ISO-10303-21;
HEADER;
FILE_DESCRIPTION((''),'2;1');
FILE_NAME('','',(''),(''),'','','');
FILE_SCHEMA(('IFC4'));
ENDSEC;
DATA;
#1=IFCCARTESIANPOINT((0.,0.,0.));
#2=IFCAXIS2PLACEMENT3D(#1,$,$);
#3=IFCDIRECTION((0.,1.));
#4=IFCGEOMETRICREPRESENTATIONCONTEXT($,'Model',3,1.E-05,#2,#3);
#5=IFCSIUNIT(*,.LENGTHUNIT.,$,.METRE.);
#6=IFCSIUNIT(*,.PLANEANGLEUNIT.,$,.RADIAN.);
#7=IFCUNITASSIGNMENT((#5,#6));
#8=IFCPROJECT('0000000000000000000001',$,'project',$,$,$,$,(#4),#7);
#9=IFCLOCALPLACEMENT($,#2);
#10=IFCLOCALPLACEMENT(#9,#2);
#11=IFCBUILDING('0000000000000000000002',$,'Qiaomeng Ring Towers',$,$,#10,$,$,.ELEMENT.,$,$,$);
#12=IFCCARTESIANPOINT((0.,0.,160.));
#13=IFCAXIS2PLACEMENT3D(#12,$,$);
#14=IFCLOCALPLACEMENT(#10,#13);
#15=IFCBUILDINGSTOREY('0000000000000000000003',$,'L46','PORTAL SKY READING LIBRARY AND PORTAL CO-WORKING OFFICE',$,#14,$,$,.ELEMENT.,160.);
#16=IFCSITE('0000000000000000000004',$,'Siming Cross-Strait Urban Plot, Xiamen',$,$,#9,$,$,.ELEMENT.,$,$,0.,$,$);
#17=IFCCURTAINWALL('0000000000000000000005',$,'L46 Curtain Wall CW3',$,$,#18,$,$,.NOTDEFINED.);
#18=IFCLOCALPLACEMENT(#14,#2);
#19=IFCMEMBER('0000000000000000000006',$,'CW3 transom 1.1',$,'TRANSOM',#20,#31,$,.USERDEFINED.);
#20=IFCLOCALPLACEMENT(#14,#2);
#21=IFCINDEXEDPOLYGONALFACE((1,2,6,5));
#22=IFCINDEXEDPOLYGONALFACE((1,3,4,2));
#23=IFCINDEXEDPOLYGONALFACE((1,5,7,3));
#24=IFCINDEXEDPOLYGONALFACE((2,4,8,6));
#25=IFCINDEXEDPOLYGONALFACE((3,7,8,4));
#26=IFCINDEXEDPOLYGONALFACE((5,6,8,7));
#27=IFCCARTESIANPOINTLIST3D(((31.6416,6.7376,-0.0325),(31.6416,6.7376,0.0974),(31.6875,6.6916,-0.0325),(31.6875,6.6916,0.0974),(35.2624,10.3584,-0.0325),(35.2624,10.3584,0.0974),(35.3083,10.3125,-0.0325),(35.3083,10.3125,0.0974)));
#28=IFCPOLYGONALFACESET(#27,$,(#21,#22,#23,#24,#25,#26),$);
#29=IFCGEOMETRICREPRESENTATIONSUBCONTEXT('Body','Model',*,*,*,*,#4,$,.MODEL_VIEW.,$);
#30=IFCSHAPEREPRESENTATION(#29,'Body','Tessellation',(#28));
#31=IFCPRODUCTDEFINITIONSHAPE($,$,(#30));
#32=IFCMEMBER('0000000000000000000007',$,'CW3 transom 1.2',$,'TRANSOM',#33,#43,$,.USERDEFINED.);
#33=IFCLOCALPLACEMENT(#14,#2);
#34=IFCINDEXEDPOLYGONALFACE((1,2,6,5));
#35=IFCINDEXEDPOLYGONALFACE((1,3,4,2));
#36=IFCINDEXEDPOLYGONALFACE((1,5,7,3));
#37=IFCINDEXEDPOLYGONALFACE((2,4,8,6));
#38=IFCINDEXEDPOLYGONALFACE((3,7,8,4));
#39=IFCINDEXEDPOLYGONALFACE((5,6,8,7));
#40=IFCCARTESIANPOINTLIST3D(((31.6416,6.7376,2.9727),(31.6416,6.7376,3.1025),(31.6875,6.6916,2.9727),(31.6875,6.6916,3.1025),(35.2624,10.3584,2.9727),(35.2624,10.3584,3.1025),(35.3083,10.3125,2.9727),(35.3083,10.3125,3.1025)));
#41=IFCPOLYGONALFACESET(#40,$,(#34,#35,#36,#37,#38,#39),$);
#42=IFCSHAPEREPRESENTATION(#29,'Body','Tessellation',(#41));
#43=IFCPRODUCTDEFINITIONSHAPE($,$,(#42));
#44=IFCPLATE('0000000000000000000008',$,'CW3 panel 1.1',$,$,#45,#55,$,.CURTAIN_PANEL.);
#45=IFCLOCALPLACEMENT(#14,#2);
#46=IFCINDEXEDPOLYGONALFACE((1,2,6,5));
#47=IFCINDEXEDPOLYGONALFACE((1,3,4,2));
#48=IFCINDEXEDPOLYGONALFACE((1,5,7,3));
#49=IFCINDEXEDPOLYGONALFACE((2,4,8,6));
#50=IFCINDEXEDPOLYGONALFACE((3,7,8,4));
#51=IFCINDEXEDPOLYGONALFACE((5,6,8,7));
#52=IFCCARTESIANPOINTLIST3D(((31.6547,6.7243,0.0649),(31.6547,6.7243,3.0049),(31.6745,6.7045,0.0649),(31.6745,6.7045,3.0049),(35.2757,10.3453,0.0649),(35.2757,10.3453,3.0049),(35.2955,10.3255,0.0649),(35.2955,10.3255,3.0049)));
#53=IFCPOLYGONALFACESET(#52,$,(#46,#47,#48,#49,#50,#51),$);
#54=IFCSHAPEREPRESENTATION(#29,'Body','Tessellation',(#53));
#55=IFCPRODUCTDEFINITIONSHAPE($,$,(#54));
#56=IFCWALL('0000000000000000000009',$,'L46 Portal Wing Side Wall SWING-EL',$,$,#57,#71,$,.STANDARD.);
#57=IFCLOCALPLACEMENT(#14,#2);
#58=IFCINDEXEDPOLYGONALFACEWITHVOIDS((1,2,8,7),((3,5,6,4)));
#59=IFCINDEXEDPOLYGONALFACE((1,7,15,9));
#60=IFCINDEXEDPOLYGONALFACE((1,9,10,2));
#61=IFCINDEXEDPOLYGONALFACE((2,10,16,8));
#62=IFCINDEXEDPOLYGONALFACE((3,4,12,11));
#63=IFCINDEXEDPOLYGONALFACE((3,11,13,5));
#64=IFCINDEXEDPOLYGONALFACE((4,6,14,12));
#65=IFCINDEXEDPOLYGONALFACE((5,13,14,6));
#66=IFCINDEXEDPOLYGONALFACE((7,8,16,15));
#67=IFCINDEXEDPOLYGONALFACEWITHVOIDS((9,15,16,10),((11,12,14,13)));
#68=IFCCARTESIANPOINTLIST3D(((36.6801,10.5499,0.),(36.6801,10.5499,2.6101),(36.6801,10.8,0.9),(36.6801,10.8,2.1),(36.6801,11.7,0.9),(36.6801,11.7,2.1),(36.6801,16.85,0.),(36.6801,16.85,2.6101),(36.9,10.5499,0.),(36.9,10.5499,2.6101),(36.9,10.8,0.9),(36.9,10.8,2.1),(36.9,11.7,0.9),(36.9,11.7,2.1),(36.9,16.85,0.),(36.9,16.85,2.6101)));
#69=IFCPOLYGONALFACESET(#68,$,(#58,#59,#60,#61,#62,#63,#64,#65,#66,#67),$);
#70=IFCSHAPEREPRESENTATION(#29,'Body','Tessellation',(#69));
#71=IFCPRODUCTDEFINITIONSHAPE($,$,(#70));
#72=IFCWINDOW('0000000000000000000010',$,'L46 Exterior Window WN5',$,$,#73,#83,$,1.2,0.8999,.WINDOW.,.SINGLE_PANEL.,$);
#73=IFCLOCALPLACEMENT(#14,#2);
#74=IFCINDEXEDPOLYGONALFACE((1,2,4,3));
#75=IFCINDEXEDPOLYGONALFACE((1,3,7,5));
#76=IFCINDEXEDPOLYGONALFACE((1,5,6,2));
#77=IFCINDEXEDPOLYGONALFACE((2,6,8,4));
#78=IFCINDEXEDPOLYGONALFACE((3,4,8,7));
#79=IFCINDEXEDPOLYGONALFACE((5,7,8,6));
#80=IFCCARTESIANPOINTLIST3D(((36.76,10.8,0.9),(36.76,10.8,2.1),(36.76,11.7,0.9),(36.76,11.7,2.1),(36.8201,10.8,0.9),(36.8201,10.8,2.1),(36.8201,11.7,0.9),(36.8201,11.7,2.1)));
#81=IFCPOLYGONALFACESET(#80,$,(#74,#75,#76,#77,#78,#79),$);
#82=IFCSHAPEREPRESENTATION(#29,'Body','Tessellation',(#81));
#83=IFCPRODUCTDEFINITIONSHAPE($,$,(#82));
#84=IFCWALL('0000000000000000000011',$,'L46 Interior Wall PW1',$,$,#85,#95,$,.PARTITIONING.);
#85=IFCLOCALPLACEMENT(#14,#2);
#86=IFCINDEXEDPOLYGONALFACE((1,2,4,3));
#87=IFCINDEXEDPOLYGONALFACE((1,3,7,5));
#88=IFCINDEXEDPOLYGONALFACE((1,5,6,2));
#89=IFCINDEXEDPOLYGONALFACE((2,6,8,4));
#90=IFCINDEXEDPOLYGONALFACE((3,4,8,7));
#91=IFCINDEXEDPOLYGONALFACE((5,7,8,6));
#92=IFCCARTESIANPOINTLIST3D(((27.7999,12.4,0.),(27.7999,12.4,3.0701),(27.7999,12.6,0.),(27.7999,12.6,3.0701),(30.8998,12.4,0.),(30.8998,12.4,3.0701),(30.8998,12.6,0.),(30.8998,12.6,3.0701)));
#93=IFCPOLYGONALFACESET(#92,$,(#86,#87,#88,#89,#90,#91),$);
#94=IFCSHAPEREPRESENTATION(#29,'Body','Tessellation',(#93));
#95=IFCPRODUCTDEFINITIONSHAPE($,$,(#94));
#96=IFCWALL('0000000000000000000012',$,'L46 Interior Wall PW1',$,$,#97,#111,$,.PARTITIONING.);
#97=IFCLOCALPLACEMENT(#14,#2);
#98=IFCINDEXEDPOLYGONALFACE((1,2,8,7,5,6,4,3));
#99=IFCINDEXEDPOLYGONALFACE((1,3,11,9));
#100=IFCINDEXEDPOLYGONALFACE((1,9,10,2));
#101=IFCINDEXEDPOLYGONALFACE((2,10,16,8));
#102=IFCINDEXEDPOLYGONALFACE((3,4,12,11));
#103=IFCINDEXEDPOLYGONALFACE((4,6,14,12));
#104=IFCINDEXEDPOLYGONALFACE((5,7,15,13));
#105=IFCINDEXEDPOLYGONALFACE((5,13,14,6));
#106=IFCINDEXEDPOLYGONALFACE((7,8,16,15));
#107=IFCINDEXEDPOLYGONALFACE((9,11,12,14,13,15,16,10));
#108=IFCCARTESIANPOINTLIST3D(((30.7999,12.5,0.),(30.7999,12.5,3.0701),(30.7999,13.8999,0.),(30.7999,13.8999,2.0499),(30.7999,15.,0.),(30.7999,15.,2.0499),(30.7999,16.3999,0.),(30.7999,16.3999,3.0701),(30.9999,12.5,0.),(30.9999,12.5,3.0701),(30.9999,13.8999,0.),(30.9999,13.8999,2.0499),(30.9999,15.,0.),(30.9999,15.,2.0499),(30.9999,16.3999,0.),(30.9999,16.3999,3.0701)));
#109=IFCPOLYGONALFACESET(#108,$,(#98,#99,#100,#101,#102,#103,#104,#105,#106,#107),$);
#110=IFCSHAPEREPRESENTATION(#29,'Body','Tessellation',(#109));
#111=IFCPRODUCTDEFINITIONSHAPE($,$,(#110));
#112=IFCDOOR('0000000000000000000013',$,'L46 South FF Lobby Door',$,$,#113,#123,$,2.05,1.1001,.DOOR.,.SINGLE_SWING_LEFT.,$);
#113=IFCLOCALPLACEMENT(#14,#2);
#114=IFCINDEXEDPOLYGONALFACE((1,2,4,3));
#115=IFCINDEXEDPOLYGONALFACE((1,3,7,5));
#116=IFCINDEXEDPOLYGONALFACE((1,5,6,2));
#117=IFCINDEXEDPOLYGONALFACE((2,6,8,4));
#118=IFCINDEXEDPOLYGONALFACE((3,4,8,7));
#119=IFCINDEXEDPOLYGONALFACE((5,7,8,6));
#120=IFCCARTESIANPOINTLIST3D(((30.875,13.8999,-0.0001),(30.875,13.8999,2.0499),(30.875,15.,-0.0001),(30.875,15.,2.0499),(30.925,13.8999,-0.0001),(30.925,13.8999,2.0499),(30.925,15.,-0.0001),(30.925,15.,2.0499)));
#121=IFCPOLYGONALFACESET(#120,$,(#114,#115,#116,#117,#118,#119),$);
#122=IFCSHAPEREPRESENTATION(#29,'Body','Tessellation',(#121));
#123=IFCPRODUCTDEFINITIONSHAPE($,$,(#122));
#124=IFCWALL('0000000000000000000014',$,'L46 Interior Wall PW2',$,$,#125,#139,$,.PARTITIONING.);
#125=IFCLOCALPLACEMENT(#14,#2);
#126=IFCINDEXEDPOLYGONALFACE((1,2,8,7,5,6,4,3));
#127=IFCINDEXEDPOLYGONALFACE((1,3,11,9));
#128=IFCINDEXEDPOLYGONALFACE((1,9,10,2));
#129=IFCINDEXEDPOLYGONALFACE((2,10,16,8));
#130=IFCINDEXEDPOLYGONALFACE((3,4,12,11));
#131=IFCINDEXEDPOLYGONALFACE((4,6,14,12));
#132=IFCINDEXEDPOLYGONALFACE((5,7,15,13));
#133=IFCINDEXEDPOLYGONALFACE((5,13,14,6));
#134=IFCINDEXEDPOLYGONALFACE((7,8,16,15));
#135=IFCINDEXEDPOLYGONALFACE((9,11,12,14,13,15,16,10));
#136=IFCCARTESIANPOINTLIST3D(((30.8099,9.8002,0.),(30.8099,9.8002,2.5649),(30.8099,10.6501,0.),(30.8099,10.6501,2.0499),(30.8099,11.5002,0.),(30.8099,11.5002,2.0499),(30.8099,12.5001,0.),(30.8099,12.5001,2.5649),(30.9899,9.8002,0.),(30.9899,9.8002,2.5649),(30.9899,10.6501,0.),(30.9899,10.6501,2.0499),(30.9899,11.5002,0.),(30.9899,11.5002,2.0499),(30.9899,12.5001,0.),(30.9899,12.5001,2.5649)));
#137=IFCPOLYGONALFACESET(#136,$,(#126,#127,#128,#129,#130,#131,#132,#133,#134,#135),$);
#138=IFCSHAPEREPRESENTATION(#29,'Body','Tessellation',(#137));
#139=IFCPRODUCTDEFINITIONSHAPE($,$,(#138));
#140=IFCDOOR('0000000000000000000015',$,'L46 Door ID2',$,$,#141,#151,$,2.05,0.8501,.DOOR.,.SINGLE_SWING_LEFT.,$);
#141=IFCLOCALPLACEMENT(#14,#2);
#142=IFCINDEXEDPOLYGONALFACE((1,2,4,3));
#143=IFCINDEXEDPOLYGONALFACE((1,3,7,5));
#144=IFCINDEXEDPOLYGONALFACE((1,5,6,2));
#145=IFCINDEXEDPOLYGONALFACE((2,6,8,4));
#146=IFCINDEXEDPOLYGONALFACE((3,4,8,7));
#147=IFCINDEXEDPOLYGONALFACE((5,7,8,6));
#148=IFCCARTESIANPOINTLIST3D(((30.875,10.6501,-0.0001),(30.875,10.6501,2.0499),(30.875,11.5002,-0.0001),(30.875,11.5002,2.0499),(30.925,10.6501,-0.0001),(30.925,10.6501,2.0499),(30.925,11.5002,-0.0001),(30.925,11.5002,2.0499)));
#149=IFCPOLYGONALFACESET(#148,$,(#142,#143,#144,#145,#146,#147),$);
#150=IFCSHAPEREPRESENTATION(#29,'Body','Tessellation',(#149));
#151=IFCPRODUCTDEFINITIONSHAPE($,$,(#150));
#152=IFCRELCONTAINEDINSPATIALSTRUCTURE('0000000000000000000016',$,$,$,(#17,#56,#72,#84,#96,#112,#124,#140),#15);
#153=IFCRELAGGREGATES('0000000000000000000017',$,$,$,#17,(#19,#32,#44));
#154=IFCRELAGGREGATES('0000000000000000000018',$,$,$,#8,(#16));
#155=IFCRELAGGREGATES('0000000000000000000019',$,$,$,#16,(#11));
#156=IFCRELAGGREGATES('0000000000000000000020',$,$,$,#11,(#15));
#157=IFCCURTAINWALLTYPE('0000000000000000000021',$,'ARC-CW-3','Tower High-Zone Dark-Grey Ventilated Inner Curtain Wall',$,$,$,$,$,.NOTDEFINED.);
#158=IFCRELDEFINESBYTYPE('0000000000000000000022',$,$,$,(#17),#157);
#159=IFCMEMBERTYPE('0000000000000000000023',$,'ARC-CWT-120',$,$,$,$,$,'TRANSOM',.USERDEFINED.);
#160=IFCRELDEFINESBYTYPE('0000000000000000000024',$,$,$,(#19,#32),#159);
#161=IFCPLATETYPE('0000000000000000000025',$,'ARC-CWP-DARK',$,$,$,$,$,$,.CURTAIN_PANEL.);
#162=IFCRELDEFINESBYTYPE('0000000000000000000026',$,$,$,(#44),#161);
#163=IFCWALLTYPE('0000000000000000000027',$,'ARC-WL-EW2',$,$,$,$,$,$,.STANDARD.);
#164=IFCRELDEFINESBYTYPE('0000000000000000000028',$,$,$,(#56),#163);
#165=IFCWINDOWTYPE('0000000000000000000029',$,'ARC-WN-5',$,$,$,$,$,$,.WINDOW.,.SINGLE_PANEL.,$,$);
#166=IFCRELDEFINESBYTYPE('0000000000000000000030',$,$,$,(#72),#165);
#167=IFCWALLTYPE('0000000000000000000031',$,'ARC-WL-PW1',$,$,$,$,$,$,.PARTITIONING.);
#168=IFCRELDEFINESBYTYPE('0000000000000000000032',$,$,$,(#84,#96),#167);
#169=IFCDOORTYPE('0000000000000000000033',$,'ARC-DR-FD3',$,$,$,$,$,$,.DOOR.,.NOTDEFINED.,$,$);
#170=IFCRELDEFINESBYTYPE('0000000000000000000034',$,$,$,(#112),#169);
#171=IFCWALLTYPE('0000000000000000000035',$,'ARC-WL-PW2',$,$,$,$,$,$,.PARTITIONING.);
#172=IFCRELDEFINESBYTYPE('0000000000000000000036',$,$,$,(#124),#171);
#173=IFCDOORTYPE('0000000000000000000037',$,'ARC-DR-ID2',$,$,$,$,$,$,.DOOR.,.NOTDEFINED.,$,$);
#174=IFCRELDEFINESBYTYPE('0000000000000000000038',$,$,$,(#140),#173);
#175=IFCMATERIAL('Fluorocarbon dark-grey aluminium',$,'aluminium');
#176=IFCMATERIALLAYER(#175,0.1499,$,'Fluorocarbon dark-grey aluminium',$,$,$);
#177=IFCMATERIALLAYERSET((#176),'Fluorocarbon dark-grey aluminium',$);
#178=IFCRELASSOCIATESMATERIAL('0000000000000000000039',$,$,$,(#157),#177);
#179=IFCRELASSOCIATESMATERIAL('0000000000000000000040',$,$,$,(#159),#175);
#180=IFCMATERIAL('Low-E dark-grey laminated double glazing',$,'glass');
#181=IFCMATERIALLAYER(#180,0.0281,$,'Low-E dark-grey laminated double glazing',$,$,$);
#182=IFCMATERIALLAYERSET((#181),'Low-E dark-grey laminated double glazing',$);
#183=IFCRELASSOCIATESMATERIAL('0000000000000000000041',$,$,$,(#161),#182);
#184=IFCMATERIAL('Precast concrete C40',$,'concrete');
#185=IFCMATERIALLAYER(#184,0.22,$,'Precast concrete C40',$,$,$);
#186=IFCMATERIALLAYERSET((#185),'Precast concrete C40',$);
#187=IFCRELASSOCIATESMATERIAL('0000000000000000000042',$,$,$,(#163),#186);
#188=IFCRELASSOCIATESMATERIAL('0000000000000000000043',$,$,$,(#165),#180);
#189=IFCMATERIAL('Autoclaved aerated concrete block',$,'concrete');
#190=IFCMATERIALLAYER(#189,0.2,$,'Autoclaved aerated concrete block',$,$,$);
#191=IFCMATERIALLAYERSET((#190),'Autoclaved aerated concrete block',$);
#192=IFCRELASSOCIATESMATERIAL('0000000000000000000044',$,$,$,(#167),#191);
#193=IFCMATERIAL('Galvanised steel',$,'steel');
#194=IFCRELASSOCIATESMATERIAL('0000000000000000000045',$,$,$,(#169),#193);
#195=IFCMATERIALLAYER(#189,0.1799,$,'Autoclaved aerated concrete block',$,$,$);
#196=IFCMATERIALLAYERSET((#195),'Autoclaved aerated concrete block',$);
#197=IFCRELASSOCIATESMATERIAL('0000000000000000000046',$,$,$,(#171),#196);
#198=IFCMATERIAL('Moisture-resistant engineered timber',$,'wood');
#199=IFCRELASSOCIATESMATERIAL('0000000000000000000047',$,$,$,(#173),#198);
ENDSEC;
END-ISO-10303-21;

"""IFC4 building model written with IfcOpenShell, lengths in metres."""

from ifc_helpers import new_model, si_unit, direction, frame, frame_2d, origin, origin_2d, place, context, subcontext, project, spatial, rectangle, extrude, source, transform, mapped, material, layer, layer_set, material_profile, profile_set, type_object, element, fill, aggregate, save


model = new_model("IFC4")

# Units and contexts
model_context = context("Model", 3, precision=1e-05, world=origin(), true_north=direction((0.0, 1.0)))
body_context = subcontext(model_context, "Body", "Model", "MODEL_VIEW")
ifc_project = project(units=[si_unit("LENGTHUNIT", "METRE"), si_unit("PLANEANGLEUNIT", "RADIAN")], contexts=[model_context])

# Site, building, storey
site_placement = place(None, origin())
site = spatial("IfcSite", under=ifc_project, at=site_placement, Name="Siming Cross-Strait Urban Plot, Xiamen", CompositionType="ELEMENT", RefElevation=0.0)
building_placement = place(site_placement, origin())
building = spatial("IfcBuilding", under=site, at=building_placement, Name="Qiaomeng Ring Towers", CompositionType="ELEMENT")
storey_placement = place(building_placement, frame((0.0, 0.0, 160.0)))
storey = spatial("IfcBuildingStorey", under=building, at=storey_placement, Name="L46", Description="PORTAL SKY READING LIBRARY AND PORTAL CO-WORKING OFFICE", CompositionType="ELEMENT", Elevation=160.0)

# Curtain wall, members, plate
ifc_material_1 = material(Name="Fluorocarbon dark-grey aluminium", Category="aluminium")
ifc_layer_1 = layer(ifc_material_1, 0.1499, Name="Fluorocarbon dark-grey aluminium")
ifc_layer_set_1 = layer_set([ifc_layer_1], Name="Fluorocarbon dark-grey aluminium")
curtain_wall_type = type_object("IfcCurtainWallType", Name="ARC-CW-3", Description="Tower High-Zone Dark-Grey Ventilated Inner Curtain Wall", PredefinedType="NOTDEFINED", material=ifc_layer_set_1)
curtain_wall_placement = place(storey_placement, origin())
curtain_wall = element("IfcCurtainWall", 1, at=curtain_wall_placement, inside=storey, type_object=curtain_wall_type, Name="L46 Curtain Wall CW3", PredefinedType="NOTDEFINED")
ifc_material_profile_1 = material_profile(ifc_material_1, rectangle(XDim=0.0649, YDim=0.1299, at=origin_2d()), Name="ALU TRAN 65x130")
ifc_profile_set_1 = profile_set([ifc_material_profile_1], Name="Fluorocarbon dark-grey aluminium")
member_type_1 = type_object("IfcMemberType", Name="ARC-CWT-120", ElementType="TRANSOM", PredefinedType="USERDEFINED", material=ifc_profile_set_1)
shared_shape_1 = source(origin(), body_context, "Body", "SweptSolid", [
    extrude(rectangle(XDim=0.0649, YDim=0.1299, at=origin_2d()), origin(), (0.0, 0.0, 1.0), 5.1206),
])
member_1_placement = place(storey_placement, frame((31.6646, 6.7146, 0.0325), z_axis=(0.707107, 0.707107, 0.0), x_axis=(-0.707107, 0.707107, 0.0)))
member_1 = element("IfcMember", 2, at=member_1_placement, type_object=member_type_1, Name="CW3 transom 1.1", ObjectType="TRANSOM", PredefinedType="USERDEFINED", context=body_context, shape_type="MappedRepresentation", body=[
    mapped(shared_shape_1, transform((0.0, 0.0, 0.0), x_axis=(1.0, 0.0, 0.0), y_axis=(0.0, 1.0, 0.0), z_axis=(0.0, 0.0, 1.0), scale=1.0)),
])
member_2_placement = place(storey_placement, frame((31.6646, 6.7146, 3.0376), z_axis=(0.707107, 0.707107, 0.0), x_axis=(-0.707107, 0.707107, 0.0)))
member_2 = element("IfcMember", 3, at=member_2_placement, type_object=member_type_1, Name="CW3 transom 1.2", ObjectType="TRANSOM", PredefinedType="USERDEFINED", context=body_context, shape_type="MappedRepresentation", body=[
    mapped(shared_shape_1, transform((0.0, 0.0, 0.0), x_axis=(1.0, 0.0, 0.0), y_axis=(0.0, 1.0, 0.0), z_axis=(0.0, 0.0, 1.0), scale=1.0)),
])
ifc_material_2 = material(Name="Low-E dark-grey laminated double glazing", Category="glass")
ifc_layer_2 = layer(ifc_material_2, 0.0281, Name="Low-E dark-grey laminated double glazing")
ifc_layer_set_2 = layer_set([ifc_layer_2], Name="Low-E dark-grey laminated double glazing")
plate_type = type_object("IfcPlateType", Name="ARC-CWP-DARK", PredefinedType="CURTAIN_PANEL", material=ifc_layer_set_2)
shared_shape_2 = source(origin(), body_context, "Body", "SweptSolid", [
    extrude(rectangle(XDim=5.1208, YDim=0.0281, at=origin_2d()), origin(), (0.0, 0.0, 1.0), 2.9399),
])
plate_placement = place(storey_placement, frame((33.4751, 8.5249, 0.0649), z_axis=(0.0, 0.0, 1.0), x_axis=(0.707107, 0.707107, 0.0)))
plate = element("IfcPlate", 4, at=plate_placement, type_object=plate_type, Name="CW3 panel 1.1", PredefinedType="CURTAIN_PANEL", context=body_context, shape_type="MappedRepresentation", body=[
    mapped(shared_shape_2, transform((0.0, 0.0, 0.0), x_axis=(1.0, 0.0, 0.0), y_axis=(0.0, 1.0, 0.0), z_axis=(0.0, 0.0, 1.0), scale=1.0)),
])
aggregate(curtain_wall, [member_1, member_2, plate])

# Wall, opening, window
ifc_material_3 = material(Name="Precast concrete C40", Category="concrete")
ifc_layer_3 = layer(ifc_material_3, 0.22, Name="Precast concrete C40")
ifc_layer_set_3 = layer_set([ifc_layer_3], Name="Precast concrete C40")
wall_type_1 = type_object("IfcWallType", Name="ARC-WL-EW2", PredefinedType="STANDARD", material=ifc_layer_set_3)
wall_1_placement = place(storey_placement, frame((36.79, 10.55, 0.0), z_axis=(0.0, 0.0, 1.0), x_axis=(0.0, 1.0, 0.0)))
wall_1 = element("IfcWall", 5, at=wall_1_placement, inside=storey, type_object=wall_type_1, Name="L46 Portal Wing Side Wall SWING-EL", PredefinedType="STANDARD", context=body_context, shape_type="SweptSolid", body=[
    extrude(rectangle(XDim=6.3, YDim=0.22, at=frame_2d((3.1499, 0.0))), origin(), (0.0, 0.0, 1.0), 2.6101),
])
opening_1_placement = place(wall_1_placement, frame((0.25, 0.0, 0.8999)))
opening_1 = element("IfcOpeningElement", 6, at=opening_1_placement, cuts=wall_1, PredefinedType="OPENING", context=body_context, shape_type="SweptSolid", body=[
    extrude(rectangle(XDim=0.8999, YDim=1.2, at=frame_2d((0.45, 0.6001))), frame((0.0, 0.1199, 0.0), z_axis=(0.0, -1.0, 0.0), x_axis=(1.0, 0.0, 0.0)), (0.0, 0.0, 1.0), 0.24),
])
window_type = type_object("IfcWindowType", Name="ARC-WN-5", PartitioningType="SINGLE_PANEL", PredefinedType="WINDOW", material=ifc_material_2)
shared_shape_3 = source(origin(), body_context, "Body", "SweptSolid", [
    extrude(rectangle(XDim=0.8999, YDim=1.2, at=frame_2d((0.45, 0.6001))), frame((0.0, 0.03, 0.0), z_axis=(0.0, -1.0, 0.0), x_axis=(1.0, 0.0, 0.0)), (0.0, 0.0, 1.0), 0.0601),
])
window_placement = place(opening_1_placement, origin())
window = element("IfcWindow", 7, at=window_placement, inside=storey, type_object=window_type, Name="L46 Exterior Window WN5", OverallHeight=1.2, OverallWidth=0.8999, PartitioningType="SINGLE_PANEL", PredefinedType="WINDOW", context=body_context, shape_type="MappedRepresentation", body=[
    mapped(shared_shape_3, transform((0.0, 0.0, 0.0), x_axis=(1.0, 0.0, 0.0), y_axis=(0.0, 1.0, 0.0), z_axis=(0.0, 0.0, 1.0), scale=1.0)),
])
fill(opening_1, window)

# Wall
ifc_material_4 = material(Name="Autoclaved aerated concrete block", Category="concrete")
ifc_layer_4 = layer(ifc_material_4, 0.2, Name="Autoclaved aerated concrete block")
ifc_layer_set_4 = layer_set([ifc_layer_4], Name="Autoclaved aerated concrete block")
wall_type_2 = type_object("IfcWallType", Name="ARC-WL-PW1", PredefinedType="PARTITIONING", material=ifc_layer_set_4)
wall_2_placement = place(storey_placement, frame((27.8, 12.5, 0.0), z_axis=(0.0, 0.0, 1.0), x_axis=(1.0, 0.0, 0.0)))
element("IfcWall", 8, at=wall_2_placement, inside=storey, type_object=wall_type_2, Name="L46 Interior Wall PW1", PredefinedType="PARTITIONING", context=body_context, shape_type="SweptSolid", body=[
    extrude(rectangle(XDim=3.0999, YDim=0.2, at=frame_2d((1.5498, 0.0))), origin(), (0.0, 0.0, 1.0), 3.0701),
])

# Walls, openings, doors
wall_3_placement = place(storey_placement, frame((30.8999, 12.5, 0.0), z_axis=(0.0, 0.0, 1.0), x_axis=(0.0, 1.0, 0.0)))
wall_3 = element("IfcWall", 9, at=wall_3_placement, inside=storey, type_object=wall_type_2, Name="L46 Interior Wall PW1", PredefinedType="PARTITIONING", context=body_context, shape_type="SweptSolid", body=[
    extrude(rectangle(XDim=3.8999, YDim=0.2, at=frame_2d((1.95, 0.0))), origin(), (0.0, 0.0, 1.0), 3.0701),
])
opening_2_placement = place(wall_3_placement, frame((1.3999, 0.0, 0.0)))
opening_2 = element("IfcOpeningElement", 10, at=opening_2_placement, cuts=wall_3, PredefinedType="OPENING", context=body_context, shape_type="SweptSolid", body=[
    extrude(rectangle(XDim=1.1001, YDim=2.05, at=frame_2d((0.55, 1.0249))), frame((0.0, 0.1099, 0.0), z_axis=(0.0, -1.0, 0.0), x_axis=(1.0, 0.0, 0.0)), (0.0, 0.0, 1.0), 0.22),
])
ifc_material_5 = material(Name="Galvanised steel", Category="steel")
door_type_1 = type_object("IfcDoorType", Name="ARC-DR-FD3", OperationType="NOTDEFINED", PredefinedType="DOOR", material=ifc_material_5)
shared_shape_4 = source(origin(), body_context, "Body", "SweptSolid", [
    extrude(rectangle(XDim=1.1001, YDim=2.05, at=frame_2d((0.55, 1.0249))), frame((0.0, 0.0249, 0.0), z_axis=(0.0, -1.0, 0.0), x_axis=(1.0, 0.0, 0.0)), (0.0, 0.0, 1.0), 0.05),
])
door_1_placement = place(opening_2_placement, origin())
door_1 = element("IfcDoor", 11, at=door_1_placement, inside=storey, type_object=door_type_1, Name="L46 South FF Lobby Door", OperationType="SINGLE_SWING_LEFT", OverallHeight=2.05, OverallWidth=1.1001, PredefinedType="DOOR", context=body_context, shape_type="MappedRepresentation", body=[
    mapped(shared_shape_4, transform((0.0, 0.0, 0.0), x_axis=(1.0, 0.0, 0.0), y_axis=(0.0, 1.0, 0.0), z_axis=(0.0, 0.0, 1.0), scale=1.0)),
])
fill(opening_2, door_1)
ifc_layer_5 = layer(ifc_material_4, 0.1799, Name="Autoclaved aerated concrete block")
ifc_layer_set_5 = layer_set([ifc_layer_5], Name="Autoclaved aerated concrete block")
wall_type_3 = type_object("IfcWallType", Name="ARC-WL-PW2", PredefinedType="PARTITIONING", material=ifc_layer_set_5)
wall_4_placement = place(storey_placement, frame((30.8999, 9.8, 0.0), z_axis=(0.0, 0.0, 1.0), x_axis=(0.0, 1.0, 0.0)))
wall_4 = element("IfcWall", 12, at=wall_4_placement, inside=storey, type_object=wall_type_3, Name="L46 Interior Wall PW2", PredefinedType="PARTITIONING", context=body_context, shape_type="SweptSolid", body=[
    extrude(rectangle(XDim=2.7, YDim=0.1799, at=frame_2d((1.3501, 0.0))), origin(), (0.0, 0.0, 1.0), 2.5649),
])
opening_3_placement = place(wall_4_placement, frame((0.8501, 0.0, 0.0)))
opening_3 = element("IfcOpeningElement", 13, at=opening_3_placement, cuts=wall_4, PredefinedType="OPENING", context=body_context, shape_type="SweptSolid", body=[
    extrude(rectangle(XDim=0.8501, YDim=2.05, at=frame_2d((0.425, 1.0249))), frame((0.0, 0.0999, 0.0), z_axis=(0.0, -1.0, 0.0), x_axis=(1.0, 0.0, 0.0)), (0.0, 0.0, 1.0), 0.2),
])
ifc_material_6 = material(Name="Moisture-resistant engineered timber", Category="wood")
door_type_2 = type_object("IfcDoorType", Name="ARC-DR-ID2", OperationType="NOTDEFINED", PredefinedType="DOOR", material=ifc_material_6)
shared_shape_5 = source(origin(), body_context, "Body", "SweptSolid", [
    extrude(rectangle(XDim=0.8501, YDim=2.05, at=frame_2d((0.425, 1.0249))), frame((0.0, 0.0249, 0.0), z_axis=(0.0, -1.0, 0.0), x_axis=(1.0, 0.0, 0.0)), (0.0, 0.0, 1.0), 0.05),
])
door_2_placement = place(opening_3_placement, origin())
door_2 = element("IfcDoor", 14, at=door_2_placement, inside=storey, type_object=door_type_2, Name="L46 Door ID2", OperationType="SINGLE_SWING_LEFT", OverallHeight=2.05, OverallWidth=0.8501, PredefinedType="DOOR", context=body_context, shape_type="MappedRepresentation", body=[
    mapped(shared_shape_5, transform((0.0, 0.0, 0.0), x_axis=(1.0, 0.0, 0.0), y_axis=(0.0, 1.0, 0.0), z_axis=(0.0, 0.0, 1.0), scale=1.0)),
])
fill(opening_3, door_2)

save(model, "model.ifc")
